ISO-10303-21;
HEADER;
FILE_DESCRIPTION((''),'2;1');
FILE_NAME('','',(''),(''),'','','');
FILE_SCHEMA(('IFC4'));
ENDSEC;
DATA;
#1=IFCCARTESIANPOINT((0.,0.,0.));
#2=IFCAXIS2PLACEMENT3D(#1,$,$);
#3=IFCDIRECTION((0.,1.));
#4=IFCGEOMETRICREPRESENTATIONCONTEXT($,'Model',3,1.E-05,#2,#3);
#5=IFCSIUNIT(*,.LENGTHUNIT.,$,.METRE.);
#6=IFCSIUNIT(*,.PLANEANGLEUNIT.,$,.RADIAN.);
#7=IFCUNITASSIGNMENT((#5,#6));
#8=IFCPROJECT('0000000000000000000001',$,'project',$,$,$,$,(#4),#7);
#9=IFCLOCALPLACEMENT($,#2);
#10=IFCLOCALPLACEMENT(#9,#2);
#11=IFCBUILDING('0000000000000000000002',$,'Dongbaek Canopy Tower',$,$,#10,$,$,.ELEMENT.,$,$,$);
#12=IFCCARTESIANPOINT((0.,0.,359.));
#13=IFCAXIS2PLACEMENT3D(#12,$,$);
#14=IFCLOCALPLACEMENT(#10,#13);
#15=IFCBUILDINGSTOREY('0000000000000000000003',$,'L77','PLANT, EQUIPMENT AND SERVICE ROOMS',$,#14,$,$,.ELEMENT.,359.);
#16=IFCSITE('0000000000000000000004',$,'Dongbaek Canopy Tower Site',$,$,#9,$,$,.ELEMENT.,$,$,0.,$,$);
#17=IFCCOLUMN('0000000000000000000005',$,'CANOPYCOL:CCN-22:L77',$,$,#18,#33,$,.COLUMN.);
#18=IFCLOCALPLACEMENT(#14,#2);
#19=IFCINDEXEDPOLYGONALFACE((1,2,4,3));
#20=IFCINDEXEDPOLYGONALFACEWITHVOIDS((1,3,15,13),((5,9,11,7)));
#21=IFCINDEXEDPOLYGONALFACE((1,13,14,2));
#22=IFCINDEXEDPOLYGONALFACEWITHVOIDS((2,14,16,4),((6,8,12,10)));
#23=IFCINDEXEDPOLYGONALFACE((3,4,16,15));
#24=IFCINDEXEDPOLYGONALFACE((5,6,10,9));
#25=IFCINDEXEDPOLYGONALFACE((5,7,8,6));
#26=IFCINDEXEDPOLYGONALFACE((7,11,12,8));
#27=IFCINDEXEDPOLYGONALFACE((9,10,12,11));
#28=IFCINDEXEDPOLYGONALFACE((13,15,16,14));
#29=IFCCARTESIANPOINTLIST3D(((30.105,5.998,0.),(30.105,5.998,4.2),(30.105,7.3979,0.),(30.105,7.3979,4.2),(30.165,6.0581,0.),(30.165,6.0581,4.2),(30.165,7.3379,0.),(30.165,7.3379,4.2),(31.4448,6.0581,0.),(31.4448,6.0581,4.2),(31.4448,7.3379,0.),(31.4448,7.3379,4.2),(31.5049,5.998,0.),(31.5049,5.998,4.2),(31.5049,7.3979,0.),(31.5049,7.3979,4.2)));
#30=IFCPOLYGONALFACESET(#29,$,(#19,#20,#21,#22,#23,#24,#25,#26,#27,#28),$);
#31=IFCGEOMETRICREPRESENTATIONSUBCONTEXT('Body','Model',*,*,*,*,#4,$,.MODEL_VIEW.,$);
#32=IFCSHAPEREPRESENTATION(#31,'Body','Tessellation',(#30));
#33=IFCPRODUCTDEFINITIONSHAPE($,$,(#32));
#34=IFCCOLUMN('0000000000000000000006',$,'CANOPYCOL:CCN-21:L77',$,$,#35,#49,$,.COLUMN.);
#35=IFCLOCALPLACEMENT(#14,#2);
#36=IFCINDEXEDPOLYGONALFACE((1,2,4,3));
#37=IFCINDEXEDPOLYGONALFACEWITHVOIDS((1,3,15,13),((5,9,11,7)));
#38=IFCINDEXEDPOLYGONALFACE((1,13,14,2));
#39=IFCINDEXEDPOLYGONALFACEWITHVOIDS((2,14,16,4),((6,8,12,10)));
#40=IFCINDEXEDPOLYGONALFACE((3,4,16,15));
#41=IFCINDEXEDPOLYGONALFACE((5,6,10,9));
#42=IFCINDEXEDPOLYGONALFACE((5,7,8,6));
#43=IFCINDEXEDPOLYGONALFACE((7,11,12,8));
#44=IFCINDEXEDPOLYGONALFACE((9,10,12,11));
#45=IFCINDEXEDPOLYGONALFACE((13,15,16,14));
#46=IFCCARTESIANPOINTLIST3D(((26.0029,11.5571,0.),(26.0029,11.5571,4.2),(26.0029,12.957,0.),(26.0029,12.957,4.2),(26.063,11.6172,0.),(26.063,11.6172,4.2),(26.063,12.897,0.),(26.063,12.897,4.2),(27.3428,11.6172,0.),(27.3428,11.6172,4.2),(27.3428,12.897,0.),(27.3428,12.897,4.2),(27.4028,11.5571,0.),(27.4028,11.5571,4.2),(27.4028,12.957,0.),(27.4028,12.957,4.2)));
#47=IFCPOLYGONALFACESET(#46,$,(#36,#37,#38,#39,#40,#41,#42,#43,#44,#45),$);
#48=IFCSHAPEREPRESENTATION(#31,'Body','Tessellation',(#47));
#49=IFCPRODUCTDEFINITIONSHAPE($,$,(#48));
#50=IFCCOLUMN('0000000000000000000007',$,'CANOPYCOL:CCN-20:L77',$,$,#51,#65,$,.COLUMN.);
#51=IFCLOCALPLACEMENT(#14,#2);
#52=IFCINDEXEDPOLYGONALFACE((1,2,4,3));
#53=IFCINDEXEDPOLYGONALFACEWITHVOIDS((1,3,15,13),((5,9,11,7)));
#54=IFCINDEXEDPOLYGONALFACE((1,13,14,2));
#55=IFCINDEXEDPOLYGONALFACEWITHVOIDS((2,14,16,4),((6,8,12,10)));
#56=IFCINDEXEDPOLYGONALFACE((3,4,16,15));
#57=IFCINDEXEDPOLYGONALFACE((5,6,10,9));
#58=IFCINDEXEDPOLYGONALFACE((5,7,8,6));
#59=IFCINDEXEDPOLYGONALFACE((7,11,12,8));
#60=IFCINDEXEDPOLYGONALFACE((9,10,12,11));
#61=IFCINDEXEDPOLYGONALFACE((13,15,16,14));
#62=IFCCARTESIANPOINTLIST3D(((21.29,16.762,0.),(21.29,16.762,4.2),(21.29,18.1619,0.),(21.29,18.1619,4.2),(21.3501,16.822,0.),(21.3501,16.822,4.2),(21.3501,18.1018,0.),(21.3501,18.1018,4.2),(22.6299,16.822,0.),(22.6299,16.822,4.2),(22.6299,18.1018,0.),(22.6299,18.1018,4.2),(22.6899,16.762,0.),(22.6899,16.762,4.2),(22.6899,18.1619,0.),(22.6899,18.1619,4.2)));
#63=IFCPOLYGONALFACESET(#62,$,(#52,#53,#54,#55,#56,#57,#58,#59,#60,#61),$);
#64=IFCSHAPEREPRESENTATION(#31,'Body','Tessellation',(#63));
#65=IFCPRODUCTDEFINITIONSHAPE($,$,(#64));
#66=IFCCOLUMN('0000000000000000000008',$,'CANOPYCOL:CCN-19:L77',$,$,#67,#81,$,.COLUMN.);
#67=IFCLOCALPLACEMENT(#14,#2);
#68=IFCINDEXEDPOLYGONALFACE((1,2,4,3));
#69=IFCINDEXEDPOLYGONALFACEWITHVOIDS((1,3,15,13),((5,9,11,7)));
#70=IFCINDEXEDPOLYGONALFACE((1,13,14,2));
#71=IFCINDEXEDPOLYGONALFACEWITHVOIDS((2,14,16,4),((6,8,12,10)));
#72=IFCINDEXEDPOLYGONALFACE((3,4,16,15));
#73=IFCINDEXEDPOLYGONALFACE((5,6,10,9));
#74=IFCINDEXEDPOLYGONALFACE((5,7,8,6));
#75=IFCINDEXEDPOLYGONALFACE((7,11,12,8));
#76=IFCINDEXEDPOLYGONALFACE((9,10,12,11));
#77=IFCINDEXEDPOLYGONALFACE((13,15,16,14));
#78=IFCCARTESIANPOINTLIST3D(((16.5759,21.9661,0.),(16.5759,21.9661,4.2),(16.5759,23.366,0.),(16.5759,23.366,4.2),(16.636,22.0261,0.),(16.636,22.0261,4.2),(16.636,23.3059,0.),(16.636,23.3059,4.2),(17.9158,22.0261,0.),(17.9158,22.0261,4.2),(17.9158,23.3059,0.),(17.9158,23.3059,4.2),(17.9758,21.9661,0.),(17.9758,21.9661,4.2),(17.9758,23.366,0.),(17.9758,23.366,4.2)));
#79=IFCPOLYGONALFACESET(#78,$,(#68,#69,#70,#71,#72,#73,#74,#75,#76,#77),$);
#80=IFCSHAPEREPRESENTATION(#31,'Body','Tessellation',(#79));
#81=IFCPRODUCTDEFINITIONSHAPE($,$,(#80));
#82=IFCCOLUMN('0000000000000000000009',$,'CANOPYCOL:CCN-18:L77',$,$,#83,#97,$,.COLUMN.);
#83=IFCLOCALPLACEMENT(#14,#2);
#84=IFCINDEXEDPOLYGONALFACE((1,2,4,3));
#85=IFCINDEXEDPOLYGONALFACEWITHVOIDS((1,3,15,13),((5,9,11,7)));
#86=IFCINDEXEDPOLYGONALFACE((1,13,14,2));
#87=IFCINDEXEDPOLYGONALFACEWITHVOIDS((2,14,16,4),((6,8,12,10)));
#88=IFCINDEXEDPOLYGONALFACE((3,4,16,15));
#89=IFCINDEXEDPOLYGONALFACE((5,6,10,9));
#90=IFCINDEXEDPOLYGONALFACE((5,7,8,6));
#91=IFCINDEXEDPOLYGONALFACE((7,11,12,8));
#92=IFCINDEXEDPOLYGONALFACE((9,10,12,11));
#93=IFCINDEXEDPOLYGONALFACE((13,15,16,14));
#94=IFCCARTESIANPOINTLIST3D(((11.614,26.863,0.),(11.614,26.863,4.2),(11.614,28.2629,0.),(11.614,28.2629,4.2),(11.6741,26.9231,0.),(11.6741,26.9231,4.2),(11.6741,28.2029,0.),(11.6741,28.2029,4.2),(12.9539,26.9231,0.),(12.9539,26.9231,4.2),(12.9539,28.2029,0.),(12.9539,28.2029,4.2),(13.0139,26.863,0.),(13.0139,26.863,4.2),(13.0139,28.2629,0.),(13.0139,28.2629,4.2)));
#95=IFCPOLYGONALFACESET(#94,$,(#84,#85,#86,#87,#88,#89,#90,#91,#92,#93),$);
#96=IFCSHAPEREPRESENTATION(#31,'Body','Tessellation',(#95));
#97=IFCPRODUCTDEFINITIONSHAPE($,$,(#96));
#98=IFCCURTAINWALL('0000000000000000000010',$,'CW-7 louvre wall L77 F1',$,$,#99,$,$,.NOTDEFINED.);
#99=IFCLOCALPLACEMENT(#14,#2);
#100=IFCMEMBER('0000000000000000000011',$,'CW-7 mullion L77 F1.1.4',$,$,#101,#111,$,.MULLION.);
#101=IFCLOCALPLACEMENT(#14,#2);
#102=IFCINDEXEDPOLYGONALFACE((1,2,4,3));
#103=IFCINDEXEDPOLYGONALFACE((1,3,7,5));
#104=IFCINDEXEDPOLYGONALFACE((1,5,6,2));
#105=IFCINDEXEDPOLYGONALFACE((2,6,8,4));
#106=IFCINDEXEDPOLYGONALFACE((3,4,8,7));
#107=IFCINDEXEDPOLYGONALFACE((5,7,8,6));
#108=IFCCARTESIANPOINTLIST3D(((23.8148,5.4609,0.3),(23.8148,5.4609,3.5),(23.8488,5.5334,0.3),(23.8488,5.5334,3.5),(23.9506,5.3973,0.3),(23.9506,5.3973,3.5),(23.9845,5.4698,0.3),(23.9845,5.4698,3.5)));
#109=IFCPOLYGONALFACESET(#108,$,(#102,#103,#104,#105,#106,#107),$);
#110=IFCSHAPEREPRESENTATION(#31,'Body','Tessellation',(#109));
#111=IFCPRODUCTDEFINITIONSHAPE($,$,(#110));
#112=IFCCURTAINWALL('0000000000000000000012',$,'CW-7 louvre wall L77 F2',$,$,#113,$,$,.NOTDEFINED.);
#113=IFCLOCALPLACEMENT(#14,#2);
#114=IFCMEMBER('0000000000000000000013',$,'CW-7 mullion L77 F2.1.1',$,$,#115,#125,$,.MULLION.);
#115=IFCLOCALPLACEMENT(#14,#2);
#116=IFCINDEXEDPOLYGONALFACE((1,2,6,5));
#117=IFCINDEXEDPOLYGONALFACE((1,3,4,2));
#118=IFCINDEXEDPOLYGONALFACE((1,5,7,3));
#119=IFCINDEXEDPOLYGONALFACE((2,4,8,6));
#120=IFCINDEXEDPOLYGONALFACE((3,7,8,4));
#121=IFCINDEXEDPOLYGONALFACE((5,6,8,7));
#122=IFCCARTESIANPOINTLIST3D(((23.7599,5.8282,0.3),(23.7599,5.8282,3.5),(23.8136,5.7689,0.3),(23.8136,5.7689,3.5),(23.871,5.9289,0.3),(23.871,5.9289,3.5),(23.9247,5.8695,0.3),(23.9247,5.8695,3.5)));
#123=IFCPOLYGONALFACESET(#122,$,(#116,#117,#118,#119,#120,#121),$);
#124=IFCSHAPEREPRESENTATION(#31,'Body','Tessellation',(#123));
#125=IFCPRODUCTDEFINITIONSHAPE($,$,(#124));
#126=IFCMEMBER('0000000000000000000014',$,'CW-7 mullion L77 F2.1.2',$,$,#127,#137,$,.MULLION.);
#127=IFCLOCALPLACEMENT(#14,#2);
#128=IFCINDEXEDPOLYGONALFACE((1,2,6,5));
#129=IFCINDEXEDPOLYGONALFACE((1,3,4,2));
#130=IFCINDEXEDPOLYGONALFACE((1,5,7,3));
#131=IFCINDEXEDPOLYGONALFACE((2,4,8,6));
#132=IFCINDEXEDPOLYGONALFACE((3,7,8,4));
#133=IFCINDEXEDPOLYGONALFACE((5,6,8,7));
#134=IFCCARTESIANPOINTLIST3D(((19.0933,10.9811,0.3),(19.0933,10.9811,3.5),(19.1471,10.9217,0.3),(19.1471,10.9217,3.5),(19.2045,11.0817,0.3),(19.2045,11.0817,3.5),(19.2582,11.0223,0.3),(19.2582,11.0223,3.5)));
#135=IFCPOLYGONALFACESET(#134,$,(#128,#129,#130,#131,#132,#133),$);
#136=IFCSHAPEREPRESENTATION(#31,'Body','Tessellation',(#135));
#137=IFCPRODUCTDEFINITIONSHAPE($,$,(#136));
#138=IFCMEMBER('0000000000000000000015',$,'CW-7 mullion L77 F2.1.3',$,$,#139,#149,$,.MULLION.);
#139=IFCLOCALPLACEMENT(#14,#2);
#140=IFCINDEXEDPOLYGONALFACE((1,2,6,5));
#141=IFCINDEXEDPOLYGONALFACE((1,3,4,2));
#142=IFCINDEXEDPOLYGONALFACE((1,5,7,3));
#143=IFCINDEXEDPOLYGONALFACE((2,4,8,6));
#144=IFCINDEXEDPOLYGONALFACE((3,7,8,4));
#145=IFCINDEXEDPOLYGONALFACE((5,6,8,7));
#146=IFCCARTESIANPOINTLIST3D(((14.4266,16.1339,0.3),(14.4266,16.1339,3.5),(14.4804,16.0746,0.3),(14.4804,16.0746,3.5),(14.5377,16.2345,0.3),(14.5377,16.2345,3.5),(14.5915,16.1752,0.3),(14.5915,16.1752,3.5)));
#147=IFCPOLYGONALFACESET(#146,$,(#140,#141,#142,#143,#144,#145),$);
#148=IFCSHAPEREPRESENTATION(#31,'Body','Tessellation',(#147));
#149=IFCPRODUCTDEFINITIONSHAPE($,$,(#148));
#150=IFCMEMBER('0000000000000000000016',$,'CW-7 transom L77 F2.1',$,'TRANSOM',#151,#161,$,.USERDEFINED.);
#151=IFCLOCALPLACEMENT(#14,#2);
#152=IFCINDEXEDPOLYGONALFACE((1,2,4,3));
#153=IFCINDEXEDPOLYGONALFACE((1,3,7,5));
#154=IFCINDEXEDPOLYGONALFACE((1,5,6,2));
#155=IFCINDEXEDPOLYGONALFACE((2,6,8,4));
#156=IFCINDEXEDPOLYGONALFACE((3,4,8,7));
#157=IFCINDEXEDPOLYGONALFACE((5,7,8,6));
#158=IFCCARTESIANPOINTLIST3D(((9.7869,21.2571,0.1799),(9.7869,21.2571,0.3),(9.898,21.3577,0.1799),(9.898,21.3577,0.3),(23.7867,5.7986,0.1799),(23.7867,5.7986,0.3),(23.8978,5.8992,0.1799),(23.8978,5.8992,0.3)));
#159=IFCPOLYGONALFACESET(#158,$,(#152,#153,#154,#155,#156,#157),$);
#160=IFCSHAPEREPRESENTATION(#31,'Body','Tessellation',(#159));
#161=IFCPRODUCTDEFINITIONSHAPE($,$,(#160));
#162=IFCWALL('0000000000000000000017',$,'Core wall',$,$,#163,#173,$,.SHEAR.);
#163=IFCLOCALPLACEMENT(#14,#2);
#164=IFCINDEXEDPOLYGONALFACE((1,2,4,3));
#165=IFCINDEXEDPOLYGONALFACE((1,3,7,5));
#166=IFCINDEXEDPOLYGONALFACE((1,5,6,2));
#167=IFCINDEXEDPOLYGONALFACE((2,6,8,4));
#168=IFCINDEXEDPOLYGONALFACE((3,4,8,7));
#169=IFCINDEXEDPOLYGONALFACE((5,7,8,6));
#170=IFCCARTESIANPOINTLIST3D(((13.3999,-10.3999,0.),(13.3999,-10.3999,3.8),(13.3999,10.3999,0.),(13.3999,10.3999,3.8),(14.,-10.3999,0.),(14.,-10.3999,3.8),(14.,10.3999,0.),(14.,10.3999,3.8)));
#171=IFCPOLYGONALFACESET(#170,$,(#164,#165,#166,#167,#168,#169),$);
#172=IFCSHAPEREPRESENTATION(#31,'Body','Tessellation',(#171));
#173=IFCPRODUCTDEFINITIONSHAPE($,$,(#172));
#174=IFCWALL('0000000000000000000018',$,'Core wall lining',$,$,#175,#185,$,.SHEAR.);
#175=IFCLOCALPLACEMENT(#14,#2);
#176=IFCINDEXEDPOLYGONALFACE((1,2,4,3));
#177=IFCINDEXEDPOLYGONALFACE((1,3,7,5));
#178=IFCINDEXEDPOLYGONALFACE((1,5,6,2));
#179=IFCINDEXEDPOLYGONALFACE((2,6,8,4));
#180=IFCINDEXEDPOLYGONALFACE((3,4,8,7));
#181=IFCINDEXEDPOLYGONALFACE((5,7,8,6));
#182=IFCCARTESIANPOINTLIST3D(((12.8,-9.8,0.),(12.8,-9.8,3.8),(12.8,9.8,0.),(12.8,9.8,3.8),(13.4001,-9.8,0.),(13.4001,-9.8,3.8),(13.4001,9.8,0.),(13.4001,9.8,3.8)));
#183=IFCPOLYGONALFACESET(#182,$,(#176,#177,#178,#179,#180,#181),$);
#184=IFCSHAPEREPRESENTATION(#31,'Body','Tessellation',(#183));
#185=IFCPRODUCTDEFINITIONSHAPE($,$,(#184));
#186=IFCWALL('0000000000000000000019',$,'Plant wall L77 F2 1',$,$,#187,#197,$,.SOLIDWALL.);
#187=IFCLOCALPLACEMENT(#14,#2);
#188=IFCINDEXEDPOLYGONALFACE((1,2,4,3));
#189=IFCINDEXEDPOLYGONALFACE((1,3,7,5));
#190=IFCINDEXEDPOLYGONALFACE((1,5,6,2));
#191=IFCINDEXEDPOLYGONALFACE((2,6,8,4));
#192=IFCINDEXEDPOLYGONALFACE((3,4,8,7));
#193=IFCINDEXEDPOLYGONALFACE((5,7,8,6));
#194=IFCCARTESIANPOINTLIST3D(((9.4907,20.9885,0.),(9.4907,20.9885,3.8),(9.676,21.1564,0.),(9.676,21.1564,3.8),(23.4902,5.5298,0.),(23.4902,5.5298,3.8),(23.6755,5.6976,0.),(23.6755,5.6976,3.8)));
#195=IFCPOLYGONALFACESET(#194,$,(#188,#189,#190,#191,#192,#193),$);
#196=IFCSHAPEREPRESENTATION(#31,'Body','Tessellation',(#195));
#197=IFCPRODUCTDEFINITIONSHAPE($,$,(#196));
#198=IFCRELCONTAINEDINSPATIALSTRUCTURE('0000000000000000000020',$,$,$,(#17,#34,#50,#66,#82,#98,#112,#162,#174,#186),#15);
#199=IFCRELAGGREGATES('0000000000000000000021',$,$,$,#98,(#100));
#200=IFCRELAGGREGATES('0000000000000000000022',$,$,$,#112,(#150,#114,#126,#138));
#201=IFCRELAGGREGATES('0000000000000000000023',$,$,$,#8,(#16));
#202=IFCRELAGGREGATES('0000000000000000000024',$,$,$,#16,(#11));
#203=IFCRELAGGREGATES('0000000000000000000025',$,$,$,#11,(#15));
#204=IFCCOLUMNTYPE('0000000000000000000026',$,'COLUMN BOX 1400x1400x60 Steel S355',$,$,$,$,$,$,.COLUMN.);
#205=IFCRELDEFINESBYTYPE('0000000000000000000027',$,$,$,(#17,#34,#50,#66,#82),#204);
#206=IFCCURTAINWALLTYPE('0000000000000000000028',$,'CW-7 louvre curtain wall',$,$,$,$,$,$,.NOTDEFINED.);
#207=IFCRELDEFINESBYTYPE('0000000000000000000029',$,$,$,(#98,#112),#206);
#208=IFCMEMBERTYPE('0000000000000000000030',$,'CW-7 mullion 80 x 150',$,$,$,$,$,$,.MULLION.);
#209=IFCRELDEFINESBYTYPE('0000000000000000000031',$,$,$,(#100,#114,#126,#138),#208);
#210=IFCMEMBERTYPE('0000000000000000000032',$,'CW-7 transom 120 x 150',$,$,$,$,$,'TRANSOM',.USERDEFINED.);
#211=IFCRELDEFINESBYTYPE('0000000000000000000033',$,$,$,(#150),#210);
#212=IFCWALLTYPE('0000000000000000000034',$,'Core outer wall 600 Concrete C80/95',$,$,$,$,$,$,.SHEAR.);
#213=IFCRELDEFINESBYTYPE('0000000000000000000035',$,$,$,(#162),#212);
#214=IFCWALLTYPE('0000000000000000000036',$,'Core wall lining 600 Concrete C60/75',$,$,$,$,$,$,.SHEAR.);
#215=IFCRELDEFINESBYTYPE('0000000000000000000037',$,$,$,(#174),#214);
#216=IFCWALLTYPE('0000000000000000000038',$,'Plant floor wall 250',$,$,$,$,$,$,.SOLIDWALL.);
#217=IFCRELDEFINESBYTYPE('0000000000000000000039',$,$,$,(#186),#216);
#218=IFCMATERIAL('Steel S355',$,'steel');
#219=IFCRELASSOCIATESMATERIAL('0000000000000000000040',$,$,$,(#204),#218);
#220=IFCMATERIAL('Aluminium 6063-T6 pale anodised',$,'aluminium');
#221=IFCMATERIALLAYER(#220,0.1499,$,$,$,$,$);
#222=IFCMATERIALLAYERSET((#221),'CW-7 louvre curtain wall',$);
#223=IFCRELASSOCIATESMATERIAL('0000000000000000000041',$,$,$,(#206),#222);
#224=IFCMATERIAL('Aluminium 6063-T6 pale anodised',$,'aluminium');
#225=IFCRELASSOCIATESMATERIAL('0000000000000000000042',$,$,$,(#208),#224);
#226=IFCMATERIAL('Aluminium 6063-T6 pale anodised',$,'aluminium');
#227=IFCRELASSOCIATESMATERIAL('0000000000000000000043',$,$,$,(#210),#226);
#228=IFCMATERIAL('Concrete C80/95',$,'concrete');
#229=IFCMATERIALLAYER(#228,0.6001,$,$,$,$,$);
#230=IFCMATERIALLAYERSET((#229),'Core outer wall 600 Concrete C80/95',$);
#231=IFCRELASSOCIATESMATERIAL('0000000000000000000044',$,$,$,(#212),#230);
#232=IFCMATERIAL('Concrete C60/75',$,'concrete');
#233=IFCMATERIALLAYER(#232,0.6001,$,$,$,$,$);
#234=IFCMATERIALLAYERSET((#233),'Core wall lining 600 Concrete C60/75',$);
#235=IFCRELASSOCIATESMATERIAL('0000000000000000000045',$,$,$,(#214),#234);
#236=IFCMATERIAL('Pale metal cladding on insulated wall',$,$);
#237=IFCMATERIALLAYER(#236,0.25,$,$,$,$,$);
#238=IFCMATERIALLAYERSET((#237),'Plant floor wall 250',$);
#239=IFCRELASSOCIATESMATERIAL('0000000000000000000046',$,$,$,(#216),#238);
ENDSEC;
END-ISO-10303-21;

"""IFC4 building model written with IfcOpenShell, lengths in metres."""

from ifc_helpers import new_model, si_unit, direction, frame, frame_2d, origin, origin_2d, place, context, subcontext, project, spatial, rectangle, hollow_rectangle, extrude, material, layer, layer_set, material_profile, profile_set, type_object, element, aggregate, save


model = new_model("IFC4")

# Units and contexts
model_context = context("Model", 3, precision=1e-05, world=origin(), true_north=direction((0.0, 1.0)))
body_context = subcontext(model_context, "Body", "Model", "MODEL_VIEW")
ifc_project = project(units=[si_unit("LENGTHUNIT", "METRE"), si_unit("PLANEANGLEUNIT", "RADIAN")], contexts=[model_context])

# Site, building, storey
site_placement = place(None, origin())
site = spatial("IfcSite", under=ifc_project, at=site_placement, Name="Dongbaek Canopy Tower Site", CompositionType="ELEMENT", RefElevation=0.0)
building_placement = place(site_placement, origin())
building = spatial("IfcBuilding", under=site, at=building_placement, Name="Dongbaek Canopy Tower", CompositionType="ELEMENT")
storey_placement = place(building_placement, frame((0.0, 0.0, 359.0)))
storey = spatial("IfcBuildingStorey", under=building, at=storey_placement, Name="L77", Description="PLANT, EQUIPMENT AND SERVICE ROOMS", CompositionType="ELEMENT", Elevation=359.0)

# Columns
ifc_material_1 = material(Name="Steel S355", Category="steel")
ifc_material_profile_1 = material_profile(ifc_material_1, hollow_rectangle(XDim=1.3999, YDim=1.3999, WallThickness=0.0601, at=origin_2d()), Name="COLUMN BOX 1400x1400x60 Steel S355")
ifc_profile_set_1 = profile_set([ifc_material_profile_1], Name="Steel S355")
column_type = type_object("IfcColumnType", Name="COLUMN BOX 1400x1400x60 Steel S355", PredefinedType="COLUMN", material=ifc_profile_set_1)
for number, where, z_axis, x_axis, name in (
    (1, (30.8049, 6.698, 0.0), (0.0, 0.0, 1.0), (1.0, 0.0, 0.0), "CANOPYCOL:CCN-22:L77"),
    (2, (26.7029, 12.2571, 0.0), (0.0, 0.0, 1.0), (1.0, 0.0, 0.0), "CANOPYCOL:CCN-21:L77"),
    (3, (21.99, 17.4619, 0.0), (0.0, 0.0, 1.0), (1.0, 0.0, 0.0), "CANOPYCOL:CCN-20:L77"),
    (4, (17.2759, 22.666, 0.0), (0.0, 0.0, 1.0), (1.0, 0.0, 0.0), "CANOPYCOL:CCN-19:L77"),
    (5, (12.314, 27.563, 0.0), (0.0, 0.0, 1.0), (1.0, 0.0, 0.0), "CANOPYCOL:CCN-18:L77"),
):
    element("IfcColumn", number, at=place(storey_placement, frame(where, z_axis=z_axis, x_axis=x_axis)), inside=storey, type_object=column_type, Name=name, PredefinedType="COLUMN", context=body_context, shape_type="SweptSolid", body=[
        extrude(hollow_rectangle(XDim=1.3999, YDim=1.3999, WallThickness=0.0601, at=origin_2d()), origin(), (0.0, 0.0, 1.0), 4.2),
    ])

# Curtain wall, member
ifc_material_2 = material(Name="Aluminium 6063-T6 pale anodised", Category="aluminium")
ifc_layer_1 = layer(ifc_material_2, 0.1499)
ifc_layer_set_1 = layer_set([ifc_layer_1], Name="CW-7 louvre curtain wall")
curtain_wall_type = type_object("IfcCurtainWallType", Name="CW-7 louvre curtain wall", PredefinedType="NOTDEFINED", material=ifc_layer_set_1)
curtain_wall_1_placement = place(storey_placement, origin())
curtain_wall_1 = element("IfcCurtainWall", 6, at=curtain_wall_1_placement, inside=storey, type_object=curtain_wall_type, Name="CW-7 louvre wall L77 F1", PredefinedType="NOTDEFINED")
ifc_material_3 = material(Name="Aluminium 6063-T6 pale anodised", Category="aluminium")
ifc_material_profile_2 = material_profile(ifc_material_3, rectangle(XDim=0.1499, YDim=0.0801, at=origin_2d()), Name="CW-7 mullion 80 x 150")
ifc_profile_set_2 = profile_set([ifc_material_profile_2], Name="Aluminium 6063-T6 pale anodised")
member_type_1 = type_object("IfcMemberType", Name="CW-7 mullion 80 x 150", PredefinedType="MULLION", material=ifc_profile_set_2)
member_1_placement = place(storey_placement, frame((23.8997, 5.4653, 0.3), z_axis=(0.0, 0.0, 1.0), x_axis=(0.905605, -0.424123, 0.0)))
member_1 = element("IfcMember", 7, at=member_1_placement, type_object=member_type_1, Name="CW-7 mullion L77 F1.1.4", PredefinedType="MULLION", context=body_context, shape_type="SweptSolid", body=[
    extrude(rectangle(XDim=0.1499, YDim=0.0801, at=origin_2d()), origin(), (0.0, 0.0, 1.0), 3.2),
])

# Curtain wall, members
curtain_wall_2_placement = place(storey_placement, origin())
curtain_wall_2 = element("IfcCurtainWall", 8, at=curtain_wall_2_placement, inside=storey, type_object=curtain_wall_type, Name="CW-7 louvre wall L77 F2", PredefinedType="NOTDEFINED")
member_2_placement = place(storey_placement, frame((23.8423, 5.8489, 0.3), z_axis=(0.0, 0.0, 1.0), x_axis=(0.741222, 0.67126, 0.0)))
member_2 = element("IfcMember", 9, at=member_2_placement, type_object=member_type_1, Name="CW-7 mullion L77 F2.1.1", PredefinedType="MULLION", context=body_context, shape_type="SweptSolid", body=[
    extrude(rectangle(XDim=0.1499, YDim=0.0801, at=origin_2d()), origin(), (0.0, 0.0, 1.0), 3.2),
])
member_3_placement = place(storey_placement, frame((19.1758, 11.0017, 0.3), z_axis=(0.0, 0.0, 1.0), x_axis=(0.741222, 0.67126, 0.0)))
member_3 = element("IfcMember", 10, at=member_3_placement, type_object=member_type_1, Name="CW-7 mullion L77 F2.1.2", PredefinedType="MULLION", context=body_context, shape_type="SweptSolid", body=[
    extrude(rectangle(XDim=0.1499, YDim=0.0801, at=origin_2d()), origin(), (0.0, 0.0, 1.0), 3.2),
])
member_4_placement = place(storey_placement, frame((14.509, 16.1545, 0.3), z_axis=(0.0, 0.0, 1.0), x_axis=(0.741222, 0.67126, 0.0)))
member_4 = element("IfcMember", 11, at=member_4_placement, type_object=member_type_1, Name="CW-7 mullion L77 F2.1.3", PredefinedType="MULLION", context=body_context, shape_type="SweptSolid", body=[
    extrude(rectangle(XDim=0.1499, YDim=0.0801, at=origin_2d()), origin(), (0.0, 0.0, 1.0), 3.2),
])
ifc_material_4 = material(Name="Aluminium 6063-T6 pale anodised", Category="aluminium")
ifc_material_profile_3 = material_profile(ifc_material_4, rectangle(XDim=0.1499, YDim=0.1201, at=origin_2d()), Name="CW-7 transom 120 x 150")
ifc_profile_set_3 = profile_set([ifc_material_profile_3], Name="Aluminium 6063-T6 pale anodised")
member_type_2 = type_object("IfcMemberType", Name="CW-7 transom 120 x 150", ElementType="TRANSOM", PredefinedType="USERDEFINED", material=ifc_profile_set_3)
member_5_placement = place(storey_placement, frame((23.8423, 5.8489, 0.24), z_axis=(-0.671269, 0.741214, 0.0), x_axis=(-0.741214, -0.671269, 0.0)))
member_5 = element("IfcMember", 12, at=member_5_placement, type_object=member_type_2, Name="CW-7 transom L77 F2.1", ObjectType="TRANSOM", PredefinedType="USERDEFINED", context=body_context, shape_type="SweptSolid", body=[
    extrude(rectangle(XDim=0.1499, YDim=0.1201, at=origin_2d()), origin(), (0.0, 0.0, 1.0), 20.8557),
])

# Walls
ifc_material_5 = material(Name="Concrete C80/95", Category="concrete")
ifc_layer_2 = layer(ifc_material_5, 0.6001)
ifc_layer_set_2 = layer_set([ifc_layer_2], Name="Core outer wall 600 Concrete C80/95")
wall_type_1 = type_object("IfcWallType", Name="Core outer wall 600 Concrete C80/95", PredefinedType="SHEAR", material=ifc_layer_set_2)
wall_1_placement = place(storey_placement, frame((13.7, 10.3999, 0.0), z_axis=(0.0, 0.0, 1.0), x_axis=(0.0, -1.0, 0.0)))
element("IfcWall", 13, at=wall_1_placement, inside=storey, type_object=wall_type_1, Name="Core wall", PredefinedType="SHEAR", context=body_context, shape_type="SweptSolid", body=[
    extrude(rectangle(XDim=20.7998, YDim=0.6001, at=frame_2d((10.3999, 0.0))), origin(), (0.0, 0.0, 1.0), 3.8),
])
ifc_material_6 = material(Name="Concrete C60/75", Category="concrete")
ifc_layer_3 = layer(ifc_material_6, 0.6001)
ifc_layer_set_3 = layer_set([ifc_layer_3], Name="Core wall lining 600 Concrete C60/75")
wall_type_2 = type_object("IfcWallType", Name="Core wall lining 600 Concrete C60/75", PredefinedType="SHEAR", material=ifc_layer_set_3)
wall_2_placement = place(storey_placement, frame((13.1001, 9.8, 0.0), z_axis=(0.0, 0.0, 1.0), x_axis=(0.0, -1.0, 0.0)))
element("IfcWall", 14, at=wall_2_placement, inside=storey, type_object=wall_type_2, Name="Core wall lining", PredefinedType="SHEAR", context=body_context, shape_type="SweptSolid", body=[
    extrude(rectangle(XDim=19.6001, YDim=0.6001, at=frame_2d((9.8, 0.0))), origin(), (0.0, 0.0, 1.0), 3.8),
])
ifc_material_7 = material(Name="Pale metal cladding on insulated wall")
ifc_layer_4 = layer(ifc_material_7, 0.25)
ifc_layer_set_4 = layer_set([ifc_layer_4], Name="Plant floor wall 250")
wall_type_3 = type_object("IfcWallType", Name="Plant floor wall 250", PredefinedType="SOLIDWALL", material=ifc_layer_set_4)
wall_3_placement = place(storey_placement, frame((23.5828, 5.6138, 0.0), z_axis=(0.0, 0.0, 1.0), x_axis=(-0.671257, 0.741225, 0.0)))
element("IfcWall", 15, at=wall_3_placement, inside=storey, type_object=wall_type_3, Name="Plant wall L77 F2 1", PredefinedType="SOLIDWALL", context=body_context, shape_type="SweptSolid", body=[
    extrude(rectangle(XDim=20.8557, YDim=0.25, at=frame_2d((10.4277, 0.0))), origin(), (0.0, 0.0, 1.0), 3.8),
])

aggregate(curtain_wall_1, [member_1])
aggregate(curtain_wall_2, [member_5, member_2, member_3, member_4])

save(model, "model.ifc")
